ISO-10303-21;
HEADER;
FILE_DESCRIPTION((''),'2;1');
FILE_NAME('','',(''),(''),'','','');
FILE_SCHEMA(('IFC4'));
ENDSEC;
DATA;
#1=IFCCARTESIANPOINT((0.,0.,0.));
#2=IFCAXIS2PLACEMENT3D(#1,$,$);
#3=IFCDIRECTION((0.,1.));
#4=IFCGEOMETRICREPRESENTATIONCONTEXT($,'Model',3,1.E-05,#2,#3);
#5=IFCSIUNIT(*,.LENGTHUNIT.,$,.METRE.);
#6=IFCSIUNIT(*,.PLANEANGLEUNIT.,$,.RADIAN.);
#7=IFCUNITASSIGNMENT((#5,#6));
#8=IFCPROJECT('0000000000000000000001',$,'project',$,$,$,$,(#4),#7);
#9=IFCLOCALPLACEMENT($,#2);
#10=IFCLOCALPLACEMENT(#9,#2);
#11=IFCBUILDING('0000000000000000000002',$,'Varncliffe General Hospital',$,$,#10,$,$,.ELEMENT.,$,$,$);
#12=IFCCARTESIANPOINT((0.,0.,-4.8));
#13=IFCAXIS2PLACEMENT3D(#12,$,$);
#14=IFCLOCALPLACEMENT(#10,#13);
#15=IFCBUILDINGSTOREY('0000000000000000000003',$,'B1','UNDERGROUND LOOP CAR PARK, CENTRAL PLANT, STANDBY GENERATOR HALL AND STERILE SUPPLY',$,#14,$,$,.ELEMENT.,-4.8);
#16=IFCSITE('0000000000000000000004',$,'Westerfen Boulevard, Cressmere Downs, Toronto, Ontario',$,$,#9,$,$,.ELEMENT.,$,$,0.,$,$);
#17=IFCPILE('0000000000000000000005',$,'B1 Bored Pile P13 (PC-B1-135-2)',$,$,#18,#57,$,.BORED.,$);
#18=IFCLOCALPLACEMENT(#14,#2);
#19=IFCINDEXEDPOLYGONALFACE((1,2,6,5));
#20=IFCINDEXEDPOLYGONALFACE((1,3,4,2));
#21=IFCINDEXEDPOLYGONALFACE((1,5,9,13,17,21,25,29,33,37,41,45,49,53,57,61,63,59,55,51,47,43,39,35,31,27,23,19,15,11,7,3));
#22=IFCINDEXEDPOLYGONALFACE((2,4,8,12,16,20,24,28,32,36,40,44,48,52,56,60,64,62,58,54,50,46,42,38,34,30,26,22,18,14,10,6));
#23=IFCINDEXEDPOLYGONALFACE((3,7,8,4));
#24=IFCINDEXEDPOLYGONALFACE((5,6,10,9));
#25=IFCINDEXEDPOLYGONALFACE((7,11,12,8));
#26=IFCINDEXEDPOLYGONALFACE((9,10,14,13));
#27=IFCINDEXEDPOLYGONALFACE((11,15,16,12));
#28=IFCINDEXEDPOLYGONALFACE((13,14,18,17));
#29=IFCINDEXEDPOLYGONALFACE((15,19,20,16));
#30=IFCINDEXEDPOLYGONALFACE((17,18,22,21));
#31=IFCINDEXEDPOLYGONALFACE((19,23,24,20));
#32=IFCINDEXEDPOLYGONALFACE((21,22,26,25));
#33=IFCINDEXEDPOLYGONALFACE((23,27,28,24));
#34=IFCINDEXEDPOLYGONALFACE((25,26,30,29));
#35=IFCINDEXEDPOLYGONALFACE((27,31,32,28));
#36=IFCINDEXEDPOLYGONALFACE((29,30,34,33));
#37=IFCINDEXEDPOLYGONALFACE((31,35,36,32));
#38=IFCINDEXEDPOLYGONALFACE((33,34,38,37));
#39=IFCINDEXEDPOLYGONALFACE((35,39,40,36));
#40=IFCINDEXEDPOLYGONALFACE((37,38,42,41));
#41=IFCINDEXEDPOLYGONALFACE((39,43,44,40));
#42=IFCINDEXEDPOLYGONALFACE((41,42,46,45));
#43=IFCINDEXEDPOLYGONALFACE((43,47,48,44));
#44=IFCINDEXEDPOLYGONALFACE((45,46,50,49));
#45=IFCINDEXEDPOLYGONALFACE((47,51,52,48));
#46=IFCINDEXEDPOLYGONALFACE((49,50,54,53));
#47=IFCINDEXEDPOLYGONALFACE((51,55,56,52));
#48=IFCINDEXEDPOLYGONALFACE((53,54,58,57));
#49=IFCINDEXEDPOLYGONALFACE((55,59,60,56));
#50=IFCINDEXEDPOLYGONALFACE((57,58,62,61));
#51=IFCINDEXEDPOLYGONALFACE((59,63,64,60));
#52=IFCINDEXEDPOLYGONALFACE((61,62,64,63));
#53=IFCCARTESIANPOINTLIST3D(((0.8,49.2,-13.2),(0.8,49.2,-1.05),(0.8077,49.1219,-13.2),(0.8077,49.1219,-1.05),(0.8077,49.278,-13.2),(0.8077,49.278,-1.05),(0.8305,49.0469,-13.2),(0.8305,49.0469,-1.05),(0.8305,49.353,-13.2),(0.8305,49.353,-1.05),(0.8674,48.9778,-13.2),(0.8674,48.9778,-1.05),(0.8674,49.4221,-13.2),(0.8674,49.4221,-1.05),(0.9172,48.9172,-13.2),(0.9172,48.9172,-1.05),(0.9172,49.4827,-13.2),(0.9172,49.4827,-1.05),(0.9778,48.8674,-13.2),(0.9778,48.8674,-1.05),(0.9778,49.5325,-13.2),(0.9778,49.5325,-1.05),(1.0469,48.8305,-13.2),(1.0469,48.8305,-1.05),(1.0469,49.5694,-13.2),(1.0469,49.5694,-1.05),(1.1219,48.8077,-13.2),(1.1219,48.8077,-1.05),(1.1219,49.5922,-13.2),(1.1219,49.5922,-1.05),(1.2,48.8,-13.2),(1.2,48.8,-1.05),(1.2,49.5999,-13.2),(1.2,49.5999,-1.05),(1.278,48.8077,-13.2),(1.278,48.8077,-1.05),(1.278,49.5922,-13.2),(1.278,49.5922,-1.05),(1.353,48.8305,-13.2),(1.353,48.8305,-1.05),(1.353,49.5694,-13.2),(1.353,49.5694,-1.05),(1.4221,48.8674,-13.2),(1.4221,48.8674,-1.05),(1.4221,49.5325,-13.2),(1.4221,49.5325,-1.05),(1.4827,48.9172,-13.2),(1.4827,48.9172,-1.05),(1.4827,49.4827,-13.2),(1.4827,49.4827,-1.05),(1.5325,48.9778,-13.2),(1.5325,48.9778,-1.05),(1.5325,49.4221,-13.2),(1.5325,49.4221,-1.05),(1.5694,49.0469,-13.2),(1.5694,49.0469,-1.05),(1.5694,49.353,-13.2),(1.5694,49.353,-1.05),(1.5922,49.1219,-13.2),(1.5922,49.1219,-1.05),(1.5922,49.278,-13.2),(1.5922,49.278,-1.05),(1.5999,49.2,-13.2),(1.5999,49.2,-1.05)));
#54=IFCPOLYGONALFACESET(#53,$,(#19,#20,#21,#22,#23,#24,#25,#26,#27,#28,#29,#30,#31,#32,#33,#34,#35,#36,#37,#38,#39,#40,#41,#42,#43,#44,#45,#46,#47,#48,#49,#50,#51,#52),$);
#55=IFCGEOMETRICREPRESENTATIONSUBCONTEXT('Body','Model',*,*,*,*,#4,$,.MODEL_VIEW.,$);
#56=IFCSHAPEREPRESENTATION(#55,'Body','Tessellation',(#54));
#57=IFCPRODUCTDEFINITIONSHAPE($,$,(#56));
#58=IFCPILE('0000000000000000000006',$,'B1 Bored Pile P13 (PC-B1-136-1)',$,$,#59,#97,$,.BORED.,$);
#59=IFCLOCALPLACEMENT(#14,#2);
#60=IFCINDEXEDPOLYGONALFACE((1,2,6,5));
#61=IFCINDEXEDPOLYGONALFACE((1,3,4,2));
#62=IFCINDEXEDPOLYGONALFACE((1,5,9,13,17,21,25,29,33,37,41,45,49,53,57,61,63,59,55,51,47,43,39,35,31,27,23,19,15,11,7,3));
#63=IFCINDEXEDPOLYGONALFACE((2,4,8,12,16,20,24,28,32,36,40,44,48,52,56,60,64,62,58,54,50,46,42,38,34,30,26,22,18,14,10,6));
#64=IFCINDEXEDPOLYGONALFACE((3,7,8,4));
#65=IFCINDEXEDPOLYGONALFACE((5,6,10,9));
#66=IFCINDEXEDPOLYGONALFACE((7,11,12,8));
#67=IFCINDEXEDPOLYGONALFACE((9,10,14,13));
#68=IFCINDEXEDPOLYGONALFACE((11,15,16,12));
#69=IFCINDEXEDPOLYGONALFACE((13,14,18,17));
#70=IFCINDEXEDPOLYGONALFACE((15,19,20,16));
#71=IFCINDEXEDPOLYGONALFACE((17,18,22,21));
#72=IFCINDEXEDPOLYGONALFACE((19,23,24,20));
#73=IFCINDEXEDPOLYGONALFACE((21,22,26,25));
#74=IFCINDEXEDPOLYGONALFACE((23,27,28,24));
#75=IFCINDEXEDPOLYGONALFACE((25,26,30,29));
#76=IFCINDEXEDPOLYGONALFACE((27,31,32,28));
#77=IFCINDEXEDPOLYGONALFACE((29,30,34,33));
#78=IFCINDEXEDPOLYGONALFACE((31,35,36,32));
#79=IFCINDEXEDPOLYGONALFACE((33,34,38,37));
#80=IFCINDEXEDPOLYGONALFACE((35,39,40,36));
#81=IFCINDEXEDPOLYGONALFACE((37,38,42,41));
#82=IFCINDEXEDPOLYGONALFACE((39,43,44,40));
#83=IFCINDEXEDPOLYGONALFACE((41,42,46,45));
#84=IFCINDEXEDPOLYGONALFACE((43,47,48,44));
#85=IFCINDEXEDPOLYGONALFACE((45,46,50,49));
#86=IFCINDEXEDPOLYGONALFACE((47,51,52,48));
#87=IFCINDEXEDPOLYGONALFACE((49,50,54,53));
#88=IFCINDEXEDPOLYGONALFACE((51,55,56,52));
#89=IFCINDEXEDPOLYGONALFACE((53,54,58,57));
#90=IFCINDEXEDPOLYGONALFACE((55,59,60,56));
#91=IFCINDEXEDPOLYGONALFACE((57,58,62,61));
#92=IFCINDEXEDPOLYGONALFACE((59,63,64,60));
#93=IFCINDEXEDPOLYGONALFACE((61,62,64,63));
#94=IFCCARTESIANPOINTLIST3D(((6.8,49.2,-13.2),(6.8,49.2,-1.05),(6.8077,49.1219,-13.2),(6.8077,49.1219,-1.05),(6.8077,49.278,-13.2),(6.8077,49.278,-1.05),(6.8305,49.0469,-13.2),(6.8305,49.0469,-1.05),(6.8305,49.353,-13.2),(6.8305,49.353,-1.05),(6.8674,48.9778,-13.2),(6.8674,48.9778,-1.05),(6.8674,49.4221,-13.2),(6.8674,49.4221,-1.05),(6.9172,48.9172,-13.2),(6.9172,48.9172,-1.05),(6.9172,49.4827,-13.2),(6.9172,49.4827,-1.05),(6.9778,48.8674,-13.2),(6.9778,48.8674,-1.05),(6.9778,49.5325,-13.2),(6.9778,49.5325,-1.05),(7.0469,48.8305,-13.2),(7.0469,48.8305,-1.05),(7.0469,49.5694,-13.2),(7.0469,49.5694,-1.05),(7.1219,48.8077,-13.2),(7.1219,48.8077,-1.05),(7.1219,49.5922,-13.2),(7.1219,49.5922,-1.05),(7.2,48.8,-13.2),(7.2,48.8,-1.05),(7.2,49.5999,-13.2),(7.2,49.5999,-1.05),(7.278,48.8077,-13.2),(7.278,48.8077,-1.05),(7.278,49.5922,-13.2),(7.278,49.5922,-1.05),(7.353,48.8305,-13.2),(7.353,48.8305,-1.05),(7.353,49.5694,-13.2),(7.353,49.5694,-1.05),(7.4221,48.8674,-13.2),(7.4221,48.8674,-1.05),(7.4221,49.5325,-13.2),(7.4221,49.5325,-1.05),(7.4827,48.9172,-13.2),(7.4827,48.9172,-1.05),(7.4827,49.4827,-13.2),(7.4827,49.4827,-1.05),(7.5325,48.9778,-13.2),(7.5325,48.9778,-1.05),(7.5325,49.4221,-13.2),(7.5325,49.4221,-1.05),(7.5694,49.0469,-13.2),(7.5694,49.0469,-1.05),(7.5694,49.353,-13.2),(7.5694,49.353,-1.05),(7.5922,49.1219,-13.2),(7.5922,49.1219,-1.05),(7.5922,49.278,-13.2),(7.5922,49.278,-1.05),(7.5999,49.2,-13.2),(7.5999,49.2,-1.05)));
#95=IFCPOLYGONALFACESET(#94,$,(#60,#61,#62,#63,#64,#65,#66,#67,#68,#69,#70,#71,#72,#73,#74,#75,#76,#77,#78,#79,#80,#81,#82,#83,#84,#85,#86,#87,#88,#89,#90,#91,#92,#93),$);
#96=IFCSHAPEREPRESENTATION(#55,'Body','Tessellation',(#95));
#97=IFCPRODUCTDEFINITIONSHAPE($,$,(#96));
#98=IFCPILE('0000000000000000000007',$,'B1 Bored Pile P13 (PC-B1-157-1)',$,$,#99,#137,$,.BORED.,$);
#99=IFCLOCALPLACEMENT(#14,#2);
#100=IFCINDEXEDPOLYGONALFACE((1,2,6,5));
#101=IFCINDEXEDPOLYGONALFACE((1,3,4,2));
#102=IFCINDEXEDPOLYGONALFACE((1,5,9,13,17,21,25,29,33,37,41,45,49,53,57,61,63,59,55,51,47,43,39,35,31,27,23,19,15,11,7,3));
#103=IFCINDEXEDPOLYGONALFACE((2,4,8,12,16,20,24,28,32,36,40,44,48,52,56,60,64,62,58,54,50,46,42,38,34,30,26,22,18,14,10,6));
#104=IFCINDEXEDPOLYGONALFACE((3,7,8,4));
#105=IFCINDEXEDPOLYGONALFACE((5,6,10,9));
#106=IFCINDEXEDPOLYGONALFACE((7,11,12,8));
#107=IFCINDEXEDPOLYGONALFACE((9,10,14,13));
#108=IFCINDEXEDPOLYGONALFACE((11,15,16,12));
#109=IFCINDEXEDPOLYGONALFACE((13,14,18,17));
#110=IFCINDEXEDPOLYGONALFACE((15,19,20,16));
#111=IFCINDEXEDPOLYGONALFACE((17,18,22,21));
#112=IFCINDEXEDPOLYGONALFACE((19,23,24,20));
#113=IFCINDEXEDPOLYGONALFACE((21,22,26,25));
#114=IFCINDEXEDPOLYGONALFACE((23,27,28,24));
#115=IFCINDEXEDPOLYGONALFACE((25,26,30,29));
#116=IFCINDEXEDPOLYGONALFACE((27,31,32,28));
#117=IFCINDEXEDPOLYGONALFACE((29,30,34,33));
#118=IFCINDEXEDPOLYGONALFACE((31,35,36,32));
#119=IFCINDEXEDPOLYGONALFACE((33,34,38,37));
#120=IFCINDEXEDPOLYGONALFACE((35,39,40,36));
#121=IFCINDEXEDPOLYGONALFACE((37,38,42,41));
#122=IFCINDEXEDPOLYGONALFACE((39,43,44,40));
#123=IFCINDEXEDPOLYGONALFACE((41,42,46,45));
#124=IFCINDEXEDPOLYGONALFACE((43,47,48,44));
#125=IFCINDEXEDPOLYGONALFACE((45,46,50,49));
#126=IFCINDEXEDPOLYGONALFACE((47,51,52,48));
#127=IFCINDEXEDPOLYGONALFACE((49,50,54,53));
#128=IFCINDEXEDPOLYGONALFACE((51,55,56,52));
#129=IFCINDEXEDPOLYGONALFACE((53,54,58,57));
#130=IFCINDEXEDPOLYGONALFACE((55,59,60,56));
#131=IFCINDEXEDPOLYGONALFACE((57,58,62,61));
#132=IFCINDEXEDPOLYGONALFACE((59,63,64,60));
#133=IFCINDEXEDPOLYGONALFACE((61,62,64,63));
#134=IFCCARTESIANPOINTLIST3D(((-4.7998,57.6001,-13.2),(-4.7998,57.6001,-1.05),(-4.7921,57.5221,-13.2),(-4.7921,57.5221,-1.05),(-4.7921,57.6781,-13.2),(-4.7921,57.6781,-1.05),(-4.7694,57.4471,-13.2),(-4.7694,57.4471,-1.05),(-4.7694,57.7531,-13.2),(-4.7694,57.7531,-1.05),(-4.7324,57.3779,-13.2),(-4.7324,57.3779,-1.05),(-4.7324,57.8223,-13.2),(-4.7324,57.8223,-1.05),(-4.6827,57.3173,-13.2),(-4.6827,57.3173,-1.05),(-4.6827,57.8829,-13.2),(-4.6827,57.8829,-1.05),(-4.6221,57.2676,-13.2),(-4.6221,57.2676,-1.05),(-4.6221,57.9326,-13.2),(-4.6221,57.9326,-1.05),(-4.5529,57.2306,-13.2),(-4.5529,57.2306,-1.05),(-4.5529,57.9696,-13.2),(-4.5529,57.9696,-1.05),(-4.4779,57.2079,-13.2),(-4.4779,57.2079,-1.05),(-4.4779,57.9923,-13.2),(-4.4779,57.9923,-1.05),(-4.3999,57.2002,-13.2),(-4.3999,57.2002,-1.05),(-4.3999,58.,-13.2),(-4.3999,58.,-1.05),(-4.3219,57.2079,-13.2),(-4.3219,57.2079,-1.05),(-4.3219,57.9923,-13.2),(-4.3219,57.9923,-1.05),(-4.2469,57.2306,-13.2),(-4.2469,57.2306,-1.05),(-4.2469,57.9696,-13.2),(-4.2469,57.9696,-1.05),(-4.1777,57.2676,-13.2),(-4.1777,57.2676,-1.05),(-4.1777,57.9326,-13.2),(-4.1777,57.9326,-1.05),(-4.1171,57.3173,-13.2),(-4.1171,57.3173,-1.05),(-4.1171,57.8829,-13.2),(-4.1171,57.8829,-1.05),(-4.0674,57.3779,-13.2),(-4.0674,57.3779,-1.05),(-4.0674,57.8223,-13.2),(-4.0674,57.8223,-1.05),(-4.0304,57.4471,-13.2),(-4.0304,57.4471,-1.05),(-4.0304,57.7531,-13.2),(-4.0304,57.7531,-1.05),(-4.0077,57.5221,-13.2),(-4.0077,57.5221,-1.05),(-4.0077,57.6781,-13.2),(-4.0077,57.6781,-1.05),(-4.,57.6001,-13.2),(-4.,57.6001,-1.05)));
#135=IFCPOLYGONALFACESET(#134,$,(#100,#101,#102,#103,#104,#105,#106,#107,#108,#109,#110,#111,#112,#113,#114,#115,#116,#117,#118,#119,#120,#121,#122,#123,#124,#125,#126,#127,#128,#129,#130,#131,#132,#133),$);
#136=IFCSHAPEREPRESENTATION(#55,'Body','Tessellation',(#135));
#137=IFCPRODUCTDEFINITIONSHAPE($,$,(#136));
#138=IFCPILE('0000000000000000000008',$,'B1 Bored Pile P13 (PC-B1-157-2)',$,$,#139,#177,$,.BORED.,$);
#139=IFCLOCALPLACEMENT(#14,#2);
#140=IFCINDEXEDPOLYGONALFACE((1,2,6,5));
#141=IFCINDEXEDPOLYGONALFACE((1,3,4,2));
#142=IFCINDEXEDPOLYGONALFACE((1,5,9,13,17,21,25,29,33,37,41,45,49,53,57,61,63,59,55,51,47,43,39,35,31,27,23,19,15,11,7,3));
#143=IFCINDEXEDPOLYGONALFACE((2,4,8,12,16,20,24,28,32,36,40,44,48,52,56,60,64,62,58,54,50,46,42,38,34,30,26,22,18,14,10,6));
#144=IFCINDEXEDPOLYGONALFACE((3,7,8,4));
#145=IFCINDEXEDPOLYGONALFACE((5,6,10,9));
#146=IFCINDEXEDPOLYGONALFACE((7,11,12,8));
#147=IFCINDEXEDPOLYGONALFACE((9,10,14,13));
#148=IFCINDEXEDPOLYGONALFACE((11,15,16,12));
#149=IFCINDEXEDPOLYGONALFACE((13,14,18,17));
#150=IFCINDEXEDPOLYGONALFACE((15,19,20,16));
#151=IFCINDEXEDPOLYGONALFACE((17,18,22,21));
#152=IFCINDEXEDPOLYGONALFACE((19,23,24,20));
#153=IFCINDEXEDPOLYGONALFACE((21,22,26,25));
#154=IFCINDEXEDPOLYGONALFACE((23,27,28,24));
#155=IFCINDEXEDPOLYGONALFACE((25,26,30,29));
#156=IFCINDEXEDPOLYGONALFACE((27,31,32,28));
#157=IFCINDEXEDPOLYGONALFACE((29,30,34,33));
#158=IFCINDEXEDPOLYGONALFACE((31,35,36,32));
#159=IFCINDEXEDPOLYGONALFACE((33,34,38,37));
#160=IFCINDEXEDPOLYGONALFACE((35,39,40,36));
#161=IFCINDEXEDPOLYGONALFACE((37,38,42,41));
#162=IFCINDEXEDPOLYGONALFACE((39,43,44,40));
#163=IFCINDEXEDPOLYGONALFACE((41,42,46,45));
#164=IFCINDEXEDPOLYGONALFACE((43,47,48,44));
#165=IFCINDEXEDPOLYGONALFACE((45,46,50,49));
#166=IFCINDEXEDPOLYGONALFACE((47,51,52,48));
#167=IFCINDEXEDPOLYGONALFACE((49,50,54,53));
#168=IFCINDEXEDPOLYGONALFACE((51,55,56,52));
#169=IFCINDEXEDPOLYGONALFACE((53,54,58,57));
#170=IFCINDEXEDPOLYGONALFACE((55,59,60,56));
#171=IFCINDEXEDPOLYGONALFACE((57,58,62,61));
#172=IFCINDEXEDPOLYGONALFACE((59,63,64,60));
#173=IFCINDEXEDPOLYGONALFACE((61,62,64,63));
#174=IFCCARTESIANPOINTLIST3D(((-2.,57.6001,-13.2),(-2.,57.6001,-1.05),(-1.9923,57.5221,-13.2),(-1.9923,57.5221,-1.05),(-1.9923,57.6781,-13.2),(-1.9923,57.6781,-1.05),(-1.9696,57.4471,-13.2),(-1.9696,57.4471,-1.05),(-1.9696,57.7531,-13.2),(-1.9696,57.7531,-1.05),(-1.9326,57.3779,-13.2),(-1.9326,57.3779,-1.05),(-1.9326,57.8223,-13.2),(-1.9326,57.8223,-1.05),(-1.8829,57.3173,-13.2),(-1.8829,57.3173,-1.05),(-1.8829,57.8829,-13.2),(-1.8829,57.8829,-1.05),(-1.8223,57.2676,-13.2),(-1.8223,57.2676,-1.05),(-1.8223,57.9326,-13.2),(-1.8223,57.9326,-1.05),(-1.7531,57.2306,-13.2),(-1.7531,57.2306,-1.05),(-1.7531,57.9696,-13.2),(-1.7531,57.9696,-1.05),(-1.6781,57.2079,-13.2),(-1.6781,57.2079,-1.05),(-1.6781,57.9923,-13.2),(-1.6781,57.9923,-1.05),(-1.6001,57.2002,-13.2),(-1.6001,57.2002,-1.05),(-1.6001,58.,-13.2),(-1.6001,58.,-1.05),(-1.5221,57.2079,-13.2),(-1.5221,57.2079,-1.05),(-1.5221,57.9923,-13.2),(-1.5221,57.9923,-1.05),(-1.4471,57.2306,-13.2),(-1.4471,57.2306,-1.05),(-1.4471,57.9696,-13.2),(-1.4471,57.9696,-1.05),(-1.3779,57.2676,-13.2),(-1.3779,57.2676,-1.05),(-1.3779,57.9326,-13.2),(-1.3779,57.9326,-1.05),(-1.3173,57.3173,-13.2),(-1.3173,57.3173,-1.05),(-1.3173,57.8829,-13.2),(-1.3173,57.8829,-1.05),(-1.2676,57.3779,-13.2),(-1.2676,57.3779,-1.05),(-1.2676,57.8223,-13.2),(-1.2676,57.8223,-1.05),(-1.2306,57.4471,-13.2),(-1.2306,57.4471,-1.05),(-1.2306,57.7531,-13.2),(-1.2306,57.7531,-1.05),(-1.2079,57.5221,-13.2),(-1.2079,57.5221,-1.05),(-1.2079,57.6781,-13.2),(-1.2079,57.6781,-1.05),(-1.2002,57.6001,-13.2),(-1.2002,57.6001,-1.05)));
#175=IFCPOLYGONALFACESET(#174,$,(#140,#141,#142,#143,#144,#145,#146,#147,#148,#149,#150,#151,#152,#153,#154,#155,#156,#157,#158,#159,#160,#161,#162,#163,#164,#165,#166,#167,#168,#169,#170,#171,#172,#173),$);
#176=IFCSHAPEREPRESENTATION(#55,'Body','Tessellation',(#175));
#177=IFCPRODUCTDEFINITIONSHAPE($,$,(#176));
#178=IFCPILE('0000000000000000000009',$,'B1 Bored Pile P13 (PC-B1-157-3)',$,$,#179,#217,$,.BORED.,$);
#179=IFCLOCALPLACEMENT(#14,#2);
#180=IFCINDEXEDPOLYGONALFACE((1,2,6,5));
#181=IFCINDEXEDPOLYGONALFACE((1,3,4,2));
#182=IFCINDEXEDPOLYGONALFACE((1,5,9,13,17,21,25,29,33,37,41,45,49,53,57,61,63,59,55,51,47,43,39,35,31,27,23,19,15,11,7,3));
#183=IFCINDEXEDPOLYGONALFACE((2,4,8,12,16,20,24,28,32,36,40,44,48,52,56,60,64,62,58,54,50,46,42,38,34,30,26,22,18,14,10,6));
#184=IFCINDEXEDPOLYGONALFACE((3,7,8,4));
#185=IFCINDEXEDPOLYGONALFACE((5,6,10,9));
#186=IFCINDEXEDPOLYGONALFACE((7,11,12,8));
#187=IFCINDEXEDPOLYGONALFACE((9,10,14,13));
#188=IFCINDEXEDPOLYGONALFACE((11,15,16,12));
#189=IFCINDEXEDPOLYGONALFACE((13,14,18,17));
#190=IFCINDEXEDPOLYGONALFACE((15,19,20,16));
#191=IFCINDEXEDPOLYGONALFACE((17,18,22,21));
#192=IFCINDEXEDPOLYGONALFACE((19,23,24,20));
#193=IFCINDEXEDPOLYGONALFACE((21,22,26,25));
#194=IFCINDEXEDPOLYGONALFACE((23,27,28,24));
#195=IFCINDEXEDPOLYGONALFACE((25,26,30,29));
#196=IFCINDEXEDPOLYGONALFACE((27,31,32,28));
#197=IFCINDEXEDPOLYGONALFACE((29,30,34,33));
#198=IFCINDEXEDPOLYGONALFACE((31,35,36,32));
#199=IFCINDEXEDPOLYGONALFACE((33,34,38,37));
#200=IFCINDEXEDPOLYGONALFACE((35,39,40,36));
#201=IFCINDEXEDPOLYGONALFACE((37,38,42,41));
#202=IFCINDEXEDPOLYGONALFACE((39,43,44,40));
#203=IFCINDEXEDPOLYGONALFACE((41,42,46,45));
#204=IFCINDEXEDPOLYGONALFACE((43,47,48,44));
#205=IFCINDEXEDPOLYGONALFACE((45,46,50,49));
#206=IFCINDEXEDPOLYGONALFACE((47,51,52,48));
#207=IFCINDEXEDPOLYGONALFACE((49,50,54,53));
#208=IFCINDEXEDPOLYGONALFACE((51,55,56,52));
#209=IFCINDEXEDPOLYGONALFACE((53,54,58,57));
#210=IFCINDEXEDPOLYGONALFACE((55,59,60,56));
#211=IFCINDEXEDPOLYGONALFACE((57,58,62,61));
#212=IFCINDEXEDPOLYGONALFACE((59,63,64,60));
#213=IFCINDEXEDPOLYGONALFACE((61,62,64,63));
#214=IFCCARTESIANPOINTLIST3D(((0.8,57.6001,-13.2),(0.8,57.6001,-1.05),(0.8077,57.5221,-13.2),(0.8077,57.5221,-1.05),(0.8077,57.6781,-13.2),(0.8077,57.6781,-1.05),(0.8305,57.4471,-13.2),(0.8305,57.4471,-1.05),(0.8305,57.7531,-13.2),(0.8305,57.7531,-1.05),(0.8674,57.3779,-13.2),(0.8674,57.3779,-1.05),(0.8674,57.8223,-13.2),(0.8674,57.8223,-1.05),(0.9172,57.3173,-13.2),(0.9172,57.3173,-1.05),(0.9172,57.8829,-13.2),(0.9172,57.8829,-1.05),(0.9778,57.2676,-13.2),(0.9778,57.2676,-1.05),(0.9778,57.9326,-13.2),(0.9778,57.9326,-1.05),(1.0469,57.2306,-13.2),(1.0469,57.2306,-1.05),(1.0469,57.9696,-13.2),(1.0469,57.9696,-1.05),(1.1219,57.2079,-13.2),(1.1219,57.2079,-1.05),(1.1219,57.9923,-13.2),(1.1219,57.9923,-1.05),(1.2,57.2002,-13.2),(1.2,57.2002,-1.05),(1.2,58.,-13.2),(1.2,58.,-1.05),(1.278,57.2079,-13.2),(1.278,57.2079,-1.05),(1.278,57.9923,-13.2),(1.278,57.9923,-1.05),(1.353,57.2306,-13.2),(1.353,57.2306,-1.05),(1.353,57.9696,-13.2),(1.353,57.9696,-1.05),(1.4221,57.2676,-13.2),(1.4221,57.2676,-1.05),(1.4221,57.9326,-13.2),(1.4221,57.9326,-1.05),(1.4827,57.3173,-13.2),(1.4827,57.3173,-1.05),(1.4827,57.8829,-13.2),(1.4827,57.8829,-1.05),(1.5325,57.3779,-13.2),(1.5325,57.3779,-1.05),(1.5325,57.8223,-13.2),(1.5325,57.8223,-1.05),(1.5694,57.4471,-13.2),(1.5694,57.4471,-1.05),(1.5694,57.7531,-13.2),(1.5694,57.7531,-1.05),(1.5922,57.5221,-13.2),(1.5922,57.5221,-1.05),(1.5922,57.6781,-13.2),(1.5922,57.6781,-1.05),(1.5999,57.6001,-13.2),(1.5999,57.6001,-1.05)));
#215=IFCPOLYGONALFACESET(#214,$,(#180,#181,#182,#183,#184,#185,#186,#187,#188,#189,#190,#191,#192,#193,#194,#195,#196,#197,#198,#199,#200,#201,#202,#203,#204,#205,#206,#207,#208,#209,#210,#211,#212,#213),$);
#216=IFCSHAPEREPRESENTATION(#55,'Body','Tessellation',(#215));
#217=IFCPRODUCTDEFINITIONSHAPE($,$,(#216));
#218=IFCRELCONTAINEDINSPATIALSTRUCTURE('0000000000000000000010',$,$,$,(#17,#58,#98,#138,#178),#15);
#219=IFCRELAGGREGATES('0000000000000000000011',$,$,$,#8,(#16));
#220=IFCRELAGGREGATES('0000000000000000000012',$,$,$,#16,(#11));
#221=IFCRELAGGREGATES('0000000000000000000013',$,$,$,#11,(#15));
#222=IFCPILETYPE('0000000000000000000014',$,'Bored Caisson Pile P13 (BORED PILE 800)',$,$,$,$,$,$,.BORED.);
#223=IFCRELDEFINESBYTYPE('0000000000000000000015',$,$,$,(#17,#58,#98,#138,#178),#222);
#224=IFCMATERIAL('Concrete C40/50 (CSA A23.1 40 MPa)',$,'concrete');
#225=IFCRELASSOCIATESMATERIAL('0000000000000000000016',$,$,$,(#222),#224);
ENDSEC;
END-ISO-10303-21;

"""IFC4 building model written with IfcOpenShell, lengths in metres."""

from ifc_helpers import new_model, si_unit, direction, frame, origin, origin_2d, place, context, subcontext, project, spatial, circle, extrude, material, material_profile, profile_set, type_object, element, save


model = new_model("IFC4")

# Units and contexts
model_context = context("Model", 3, precision=1e-05, world=origin(), true_north=direction((0.0, 1.0)))
body_context = subcontext(model_context, "Body", "Model", "MODEL_VIEW")
ifc_project = project(units=[si_unit("LENGTHUNIT", "METRE"), si_unit("PLANEANGLEUNIT", "RADIAN")], contexts=[model_context])

# Site, building, storey
site_placement = place(None, origin())
site = spatial("IfcSite", under=ifc_project, at=site_placement, Name="Westerfen Boulevard, Cressmere Downs, Toronto, Ontario", CompositionType="ELEMENT", RefElevation=0.0)
building_placement = place(site_placement, origin())
building = spatial("IfcBuilding", under=site, at=building_placement, Name="Varncliffe General Hospital", CompositionType="ELEMENT")
storey_placement = place(building_placement, frame((0.0, 0.0, -4.8)))
storey = spatial("IfcBuildingStorey", under=building, at=storey_placement, Name="B1", Description="UNDERGROUND LOOP CAR PARK, CENTRAL PLANT, STANDBY GENERATOR HALL AND STERILE SUPPLY", CompositionType="ELEMENT", Elevation=-4.8)

# Piles
ifc_material_1 = material(Name="Concrete C40/50 (CSA A23.1 40 MPa)", Category="concrete")
ifc_material_profile_1 = material_profile(ifc_material_1, circle(Radius=0.3999, at=origin_2d()), Name="BORED PILE 800")
ifc_profile_set_1 = profile_set([ifc_material_profile_1], Name="Concrete C40/50 (CSA A23.1 40 MPa)")
pile_type = type_object("IfcPileType", Name="Bored Caisson Pile P13 (BORED PILE 800)", PredefinedType="BORED", material=ifc_profile_set_1)
for number, where, z_axis, x_axis, name in (
    (1, (1.2, 49.2, -1.05), (0.0, 0.0, -1.0), (1.0, 0.0, 0.0), "B1 Bored Pile P13 (PC-B1-135-2)"),
    (2, (7.2, 49.2, -1.05), (0.0, 0.0, -1.0), (1.0, 0.0, 0.0), "B1 Bored Pile P13 (PC-B1-136-1)"),
    (3, (-4.3999, 57.6001, -1.05), (0.0, 0.0, -1.0), (1.0, 0.0, 0.0), "B1 Bored Pile P13 (PC-B1-157-1)"),
    (4, (-1.6001, 57.6001, -1.05), (0.0, 0.0, -1.0), (1.0, 0.0, 0.0), "B1 Bored Pile P13 (PC-B1-157-2)"),
    (5, (1.2, 57.6001, -1.05), (0.0, 0.0, -1.0), (1.0, 0.0, 0.0), "B1 Bored Pile P13 (PC-B1-157-3)"),
):
    element("IfcPile", number, at=place(storey_placement, frame(where, z_axis=z_axis, x_axis=x_axis)), inside=storey, type_object=pile_type, Name=name, PredefinedType="BORED", context=body_context, shape_type="SweptSolid", body=[
        extrude(circle(Radius=0.3999, at=origin_2d()), origin(), (0.0, 0.0, 1.0), 12.1499),
    ])

save(model, "model.ifc")
